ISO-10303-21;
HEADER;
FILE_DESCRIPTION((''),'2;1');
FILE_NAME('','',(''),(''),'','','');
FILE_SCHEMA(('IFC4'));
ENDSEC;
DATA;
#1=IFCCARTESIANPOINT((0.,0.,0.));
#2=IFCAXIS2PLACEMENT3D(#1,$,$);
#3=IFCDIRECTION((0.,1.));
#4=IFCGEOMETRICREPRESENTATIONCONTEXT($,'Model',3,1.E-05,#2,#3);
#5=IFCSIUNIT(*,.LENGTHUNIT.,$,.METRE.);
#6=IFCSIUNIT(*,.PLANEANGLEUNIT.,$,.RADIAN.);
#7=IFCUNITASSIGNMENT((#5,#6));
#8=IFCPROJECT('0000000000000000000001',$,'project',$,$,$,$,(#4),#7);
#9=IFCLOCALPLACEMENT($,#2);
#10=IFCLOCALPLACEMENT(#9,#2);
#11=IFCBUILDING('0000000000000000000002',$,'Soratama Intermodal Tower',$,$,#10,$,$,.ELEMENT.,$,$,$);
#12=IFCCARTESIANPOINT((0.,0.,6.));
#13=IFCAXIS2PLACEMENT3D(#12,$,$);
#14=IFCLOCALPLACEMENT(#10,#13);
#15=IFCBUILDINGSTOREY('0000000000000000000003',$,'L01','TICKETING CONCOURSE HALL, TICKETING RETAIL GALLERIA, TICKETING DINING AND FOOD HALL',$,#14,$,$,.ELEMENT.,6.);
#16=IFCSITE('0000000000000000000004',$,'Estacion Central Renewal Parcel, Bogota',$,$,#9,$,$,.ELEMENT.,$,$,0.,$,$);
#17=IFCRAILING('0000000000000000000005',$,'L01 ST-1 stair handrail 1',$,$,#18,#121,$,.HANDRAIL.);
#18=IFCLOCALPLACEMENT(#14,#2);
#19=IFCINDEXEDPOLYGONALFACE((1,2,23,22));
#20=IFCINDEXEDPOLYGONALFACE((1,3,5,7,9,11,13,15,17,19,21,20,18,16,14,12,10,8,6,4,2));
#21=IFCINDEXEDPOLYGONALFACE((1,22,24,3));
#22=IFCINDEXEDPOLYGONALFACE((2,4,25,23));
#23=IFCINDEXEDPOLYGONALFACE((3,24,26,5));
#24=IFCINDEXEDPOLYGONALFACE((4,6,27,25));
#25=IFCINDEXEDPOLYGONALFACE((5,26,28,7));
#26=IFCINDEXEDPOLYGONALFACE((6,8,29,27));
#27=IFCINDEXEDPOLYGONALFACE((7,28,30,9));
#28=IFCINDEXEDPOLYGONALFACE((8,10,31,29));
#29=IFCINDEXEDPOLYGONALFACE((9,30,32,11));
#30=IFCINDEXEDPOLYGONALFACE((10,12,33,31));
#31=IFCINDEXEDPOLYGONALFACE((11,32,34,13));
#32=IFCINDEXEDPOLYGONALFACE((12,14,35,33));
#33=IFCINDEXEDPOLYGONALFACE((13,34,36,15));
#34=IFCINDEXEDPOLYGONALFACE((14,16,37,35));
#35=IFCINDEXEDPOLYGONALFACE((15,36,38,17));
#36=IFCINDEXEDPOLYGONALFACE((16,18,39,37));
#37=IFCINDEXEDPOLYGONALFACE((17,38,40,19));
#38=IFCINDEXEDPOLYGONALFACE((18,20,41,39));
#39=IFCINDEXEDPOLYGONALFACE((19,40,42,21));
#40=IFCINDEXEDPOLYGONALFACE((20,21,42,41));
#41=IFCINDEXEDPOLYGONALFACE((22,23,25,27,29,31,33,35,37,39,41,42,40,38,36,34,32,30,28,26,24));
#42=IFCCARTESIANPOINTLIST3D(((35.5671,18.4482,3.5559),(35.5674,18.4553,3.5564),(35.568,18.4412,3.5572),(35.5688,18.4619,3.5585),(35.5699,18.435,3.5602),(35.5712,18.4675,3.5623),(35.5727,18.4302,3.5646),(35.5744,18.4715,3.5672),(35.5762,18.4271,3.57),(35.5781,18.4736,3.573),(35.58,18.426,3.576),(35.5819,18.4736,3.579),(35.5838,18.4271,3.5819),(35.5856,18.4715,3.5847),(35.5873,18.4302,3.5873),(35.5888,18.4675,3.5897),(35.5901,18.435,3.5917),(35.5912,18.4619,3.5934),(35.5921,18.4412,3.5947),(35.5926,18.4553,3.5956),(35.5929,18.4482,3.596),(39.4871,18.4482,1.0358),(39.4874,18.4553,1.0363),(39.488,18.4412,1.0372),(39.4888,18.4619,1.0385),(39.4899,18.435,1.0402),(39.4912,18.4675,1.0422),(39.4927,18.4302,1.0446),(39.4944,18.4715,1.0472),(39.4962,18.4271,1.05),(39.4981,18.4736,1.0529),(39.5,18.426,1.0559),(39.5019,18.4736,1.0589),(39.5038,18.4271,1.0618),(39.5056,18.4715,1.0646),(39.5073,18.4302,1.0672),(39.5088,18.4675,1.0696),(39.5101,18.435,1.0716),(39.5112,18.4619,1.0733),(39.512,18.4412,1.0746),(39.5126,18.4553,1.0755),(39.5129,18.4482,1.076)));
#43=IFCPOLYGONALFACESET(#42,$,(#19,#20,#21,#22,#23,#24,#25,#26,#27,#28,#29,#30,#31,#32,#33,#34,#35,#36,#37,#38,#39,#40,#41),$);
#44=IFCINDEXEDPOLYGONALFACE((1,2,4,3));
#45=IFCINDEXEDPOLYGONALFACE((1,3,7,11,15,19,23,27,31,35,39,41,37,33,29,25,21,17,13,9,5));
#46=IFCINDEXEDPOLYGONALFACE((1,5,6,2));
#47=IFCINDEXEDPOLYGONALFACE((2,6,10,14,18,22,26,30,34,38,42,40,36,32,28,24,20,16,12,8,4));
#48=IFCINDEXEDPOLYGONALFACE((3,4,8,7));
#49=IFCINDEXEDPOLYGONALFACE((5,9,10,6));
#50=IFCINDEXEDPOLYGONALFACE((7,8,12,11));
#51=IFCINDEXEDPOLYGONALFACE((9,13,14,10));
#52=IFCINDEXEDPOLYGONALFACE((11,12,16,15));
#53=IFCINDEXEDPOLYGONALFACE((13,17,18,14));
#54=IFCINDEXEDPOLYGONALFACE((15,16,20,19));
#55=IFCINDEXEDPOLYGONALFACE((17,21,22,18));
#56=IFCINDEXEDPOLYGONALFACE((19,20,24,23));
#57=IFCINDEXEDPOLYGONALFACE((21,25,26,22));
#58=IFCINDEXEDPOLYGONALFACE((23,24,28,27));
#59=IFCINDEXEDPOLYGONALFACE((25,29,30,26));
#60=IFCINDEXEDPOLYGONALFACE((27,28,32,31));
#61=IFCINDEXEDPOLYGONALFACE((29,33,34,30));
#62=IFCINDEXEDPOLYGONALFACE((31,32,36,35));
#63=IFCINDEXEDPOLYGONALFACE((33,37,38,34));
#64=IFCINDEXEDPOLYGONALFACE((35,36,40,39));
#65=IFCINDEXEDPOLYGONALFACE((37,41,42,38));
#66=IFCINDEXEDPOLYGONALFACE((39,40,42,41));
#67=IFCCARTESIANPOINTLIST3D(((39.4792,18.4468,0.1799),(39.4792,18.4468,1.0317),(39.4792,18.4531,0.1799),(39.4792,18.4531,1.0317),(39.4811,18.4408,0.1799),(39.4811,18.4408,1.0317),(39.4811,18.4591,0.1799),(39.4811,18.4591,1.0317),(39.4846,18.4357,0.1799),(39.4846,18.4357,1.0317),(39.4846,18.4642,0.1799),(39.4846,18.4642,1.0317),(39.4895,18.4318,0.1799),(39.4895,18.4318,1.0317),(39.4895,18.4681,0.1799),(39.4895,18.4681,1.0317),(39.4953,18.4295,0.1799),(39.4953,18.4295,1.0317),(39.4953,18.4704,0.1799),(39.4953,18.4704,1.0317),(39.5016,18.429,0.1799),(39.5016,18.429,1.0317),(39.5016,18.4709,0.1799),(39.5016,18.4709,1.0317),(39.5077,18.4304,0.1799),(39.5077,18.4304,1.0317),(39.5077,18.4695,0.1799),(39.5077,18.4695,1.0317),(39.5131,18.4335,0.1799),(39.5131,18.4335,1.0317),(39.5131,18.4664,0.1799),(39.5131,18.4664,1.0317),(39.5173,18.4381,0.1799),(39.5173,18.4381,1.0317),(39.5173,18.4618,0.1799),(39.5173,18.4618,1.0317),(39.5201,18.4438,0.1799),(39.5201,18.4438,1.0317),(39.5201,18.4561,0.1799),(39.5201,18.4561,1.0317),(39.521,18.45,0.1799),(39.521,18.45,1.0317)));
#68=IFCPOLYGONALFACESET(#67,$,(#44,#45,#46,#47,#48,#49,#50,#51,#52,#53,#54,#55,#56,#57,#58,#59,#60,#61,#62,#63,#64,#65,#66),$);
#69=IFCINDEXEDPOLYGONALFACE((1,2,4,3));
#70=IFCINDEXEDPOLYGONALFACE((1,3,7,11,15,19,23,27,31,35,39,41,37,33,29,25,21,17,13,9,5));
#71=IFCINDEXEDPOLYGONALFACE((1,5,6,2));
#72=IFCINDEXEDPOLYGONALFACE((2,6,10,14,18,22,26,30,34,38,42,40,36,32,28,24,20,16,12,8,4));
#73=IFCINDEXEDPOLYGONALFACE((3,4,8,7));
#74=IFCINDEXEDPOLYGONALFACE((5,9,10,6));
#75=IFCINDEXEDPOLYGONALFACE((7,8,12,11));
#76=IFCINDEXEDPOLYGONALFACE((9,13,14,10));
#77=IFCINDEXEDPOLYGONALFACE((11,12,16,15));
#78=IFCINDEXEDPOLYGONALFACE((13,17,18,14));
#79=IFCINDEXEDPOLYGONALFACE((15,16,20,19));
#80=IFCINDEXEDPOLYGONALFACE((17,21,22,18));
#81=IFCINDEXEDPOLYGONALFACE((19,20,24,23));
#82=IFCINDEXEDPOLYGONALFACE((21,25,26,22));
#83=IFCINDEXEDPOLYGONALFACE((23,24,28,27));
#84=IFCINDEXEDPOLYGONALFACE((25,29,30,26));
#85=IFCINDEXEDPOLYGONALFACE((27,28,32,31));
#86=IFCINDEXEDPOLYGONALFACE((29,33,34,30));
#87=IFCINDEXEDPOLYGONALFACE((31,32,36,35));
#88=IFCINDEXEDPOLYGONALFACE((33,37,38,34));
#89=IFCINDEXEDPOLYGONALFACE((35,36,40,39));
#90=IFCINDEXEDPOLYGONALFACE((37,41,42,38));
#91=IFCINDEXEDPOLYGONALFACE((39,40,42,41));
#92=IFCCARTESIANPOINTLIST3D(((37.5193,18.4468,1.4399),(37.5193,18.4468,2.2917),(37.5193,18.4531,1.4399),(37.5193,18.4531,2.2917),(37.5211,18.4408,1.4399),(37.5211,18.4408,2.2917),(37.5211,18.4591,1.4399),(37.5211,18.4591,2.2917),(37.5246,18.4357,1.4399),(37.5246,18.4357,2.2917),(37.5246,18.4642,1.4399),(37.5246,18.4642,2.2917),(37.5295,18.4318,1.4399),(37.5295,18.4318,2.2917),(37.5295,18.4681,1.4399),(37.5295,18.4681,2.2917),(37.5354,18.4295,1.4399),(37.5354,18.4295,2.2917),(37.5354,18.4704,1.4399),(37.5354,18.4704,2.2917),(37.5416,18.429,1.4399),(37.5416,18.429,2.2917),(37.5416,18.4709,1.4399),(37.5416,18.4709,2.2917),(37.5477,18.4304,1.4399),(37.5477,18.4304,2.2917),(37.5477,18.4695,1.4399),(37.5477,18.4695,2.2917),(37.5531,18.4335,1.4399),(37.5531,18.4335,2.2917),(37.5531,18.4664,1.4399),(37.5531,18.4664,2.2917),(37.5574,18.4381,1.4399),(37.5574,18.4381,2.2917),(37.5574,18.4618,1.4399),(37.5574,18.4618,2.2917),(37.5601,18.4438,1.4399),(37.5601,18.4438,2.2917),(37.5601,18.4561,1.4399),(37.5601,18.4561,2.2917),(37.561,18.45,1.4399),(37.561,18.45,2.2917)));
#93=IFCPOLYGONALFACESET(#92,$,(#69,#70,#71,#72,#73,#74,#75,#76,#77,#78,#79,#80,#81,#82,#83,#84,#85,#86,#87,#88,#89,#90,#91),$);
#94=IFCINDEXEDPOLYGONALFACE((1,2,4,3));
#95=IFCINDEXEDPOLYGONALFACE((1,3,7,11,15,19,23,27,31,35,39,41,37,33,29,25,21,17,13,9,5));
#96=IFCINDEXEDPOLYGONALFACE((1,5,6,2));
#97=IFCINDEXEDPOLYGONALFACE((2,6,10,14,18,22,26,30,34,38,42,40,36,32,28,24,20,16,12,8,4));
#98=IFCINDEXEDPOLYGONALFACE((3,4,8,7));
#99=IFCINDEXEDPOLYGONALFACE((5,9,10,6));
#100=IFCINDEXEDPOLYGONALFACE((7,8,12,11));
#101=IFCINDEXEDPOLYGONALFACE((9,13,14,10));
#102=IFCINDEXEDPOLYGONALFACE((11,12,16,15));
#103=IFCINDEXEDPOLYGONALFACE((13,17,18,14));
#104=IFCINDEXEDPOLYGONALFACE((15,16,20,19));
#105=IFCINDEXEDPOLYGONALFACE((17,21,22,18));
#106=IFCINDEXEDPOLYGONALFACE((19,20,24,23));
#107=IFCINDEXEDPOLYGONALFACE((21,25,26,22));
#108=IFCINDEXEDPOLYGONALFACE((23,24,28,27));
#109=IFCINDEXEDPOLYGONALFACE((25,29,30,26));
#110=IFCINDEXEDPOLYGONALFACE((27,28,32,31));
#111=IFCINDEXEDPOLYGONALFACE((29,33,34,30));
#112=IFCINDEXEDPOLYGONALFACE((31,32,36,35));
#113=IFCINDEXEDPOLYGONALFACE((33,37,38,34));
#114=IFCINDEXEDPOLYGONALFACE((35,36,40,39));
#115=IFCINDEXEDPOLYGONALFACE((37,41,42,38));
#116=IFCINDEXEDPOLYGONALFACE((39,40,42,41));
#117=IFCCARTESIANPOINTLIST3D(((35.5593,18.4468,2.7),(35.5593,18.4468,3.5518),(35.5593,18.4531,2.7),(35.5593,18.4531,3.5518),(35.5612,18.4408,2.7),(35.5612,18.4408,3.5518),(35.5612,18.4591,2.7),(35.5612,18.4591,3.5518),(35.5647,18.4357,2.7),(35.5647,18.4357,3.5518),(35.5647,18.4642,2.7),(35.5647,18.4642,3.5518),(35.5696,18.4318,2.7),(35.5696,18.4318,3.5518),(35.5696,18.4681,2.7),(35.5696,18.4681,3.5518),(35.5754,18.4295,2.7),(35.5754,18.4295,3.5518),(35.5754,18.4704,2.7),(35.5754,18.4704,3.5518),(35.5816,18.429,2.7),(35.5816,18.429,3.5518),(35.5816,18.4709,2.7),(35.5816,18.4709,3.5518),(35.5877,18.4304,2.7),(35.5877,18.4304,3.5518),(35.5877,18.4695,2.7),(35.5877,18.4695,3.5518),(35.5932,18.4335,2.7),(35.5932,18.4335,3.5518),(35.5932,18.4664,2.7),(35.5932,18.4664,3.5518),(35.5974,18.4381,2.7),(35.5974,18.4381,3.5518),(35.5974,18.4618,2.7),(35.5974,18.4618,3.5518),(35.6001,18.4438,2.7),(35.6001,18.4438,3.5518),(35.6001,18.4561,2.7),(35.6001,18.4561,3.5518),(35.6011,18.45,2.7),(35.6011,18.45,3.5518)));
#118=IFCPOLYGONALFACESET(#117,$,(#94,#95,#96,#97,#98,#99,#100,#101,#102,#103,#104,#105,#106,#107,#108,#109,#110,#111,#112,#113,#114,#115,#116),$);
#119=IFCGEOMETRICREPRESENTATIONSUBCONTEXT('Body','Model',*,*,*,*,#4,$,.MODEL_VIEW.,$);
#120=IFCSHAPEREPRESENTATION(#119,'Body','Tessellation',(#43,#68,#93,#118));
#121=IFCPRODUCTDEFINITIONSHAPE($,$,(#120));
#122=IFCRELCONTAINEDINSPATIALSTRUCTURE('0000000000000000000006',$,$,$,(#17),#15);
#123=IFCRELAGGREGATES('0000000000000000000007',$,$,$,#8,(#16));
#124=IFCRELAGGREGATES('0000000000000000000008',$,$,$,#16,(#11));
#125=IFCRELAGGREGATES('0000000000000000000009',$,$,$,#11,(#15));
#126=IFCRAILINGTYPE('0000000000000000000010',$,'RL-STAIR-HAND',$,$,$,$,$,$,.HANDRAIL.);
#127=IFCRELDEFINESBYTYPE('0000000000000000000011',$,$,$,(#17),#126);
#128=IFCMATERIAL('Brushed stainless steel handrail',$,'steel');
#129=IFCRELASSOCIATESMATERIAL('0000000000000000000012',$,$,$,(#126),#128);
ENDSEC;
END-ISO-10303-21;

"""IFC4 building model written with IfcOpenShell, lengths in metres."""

from ifc_helpers import new_model, si_unit, direction, frame, origin, origin_2d, place, context, subcontext, project, spatial, circle, extrude, material, type_object, element, save


model = new_model("IFC4")

# Units and contexts
model_context = context("Model", 3, precision=1e-05, world=origin(), true_north=direction((0.0, 1.0)))
body_context = subcontext(model_context, "Body", "Model", "MODEL_VIEW")
ifc_project = project(units=[si_unit("LENGTHUNIT", "METRE"), si_unit("PLANEANGLEUNIT", "RADIAN")], contexts=[model_context])

# Site, building, storey
site_placement = place(None, origin())
site = spatial("IfcSite", under=ifc_project, at=site_placement, Name="Estacion Central Renewal Parcel, Bogota", CompositionType="ELEMENT", RefElevation=0.0)
building_placement = place(site_placement, origin())
building = spatial("IfcBuilding", under=site, at=building_placement, Name="Soratama Intermodal Tower", CompositionType="ELEMENT")
storey_placement = place(building_placement, frame((0.0, 0.0, 6.0)))
storey = spatial("IfcBuildingStorey", under=building, at=storey_placement, Name="L01", Description="TICKETING CONCOURSE HALL, TICKETING RETAIL GALLERIA, TICKETING DINING AND FOOD HALL", CompositionType="ELEMENT", Elevation=6.0)

# Railing
ifc_material_1 = material(Name="Brushed stainless steel handrail", Category="steel")
railing_type_1 = type_object("IfcRailingType", Name="RL-STAIR-HAND", PredefinedType="HANDRAIL", material=ifc_material_1)
railing_1_placement = place(storey_placement, frame((39.5, 18.45, 0.1799)))
element("IfcRailing", 1, at=railing_1_placement, inside=storey, type_object=railing_type_1, Name="L01 ST-1 stair handrail 1", PredefinedType="HANDRAIL", context=body_context, shape_type="SweptSolid", body=[
    extrude(circle(Radius=0.0239, at=origin_2d()), frame((0.0, 0.0, 0.876), z_axis=(-0.841172, 0.0, 0.540768), x_axis=(0.0, -1.0, 0.0)), (0.0, 0.0, 1.0), 4.6602),
    extrude(circle(Radius=0.021, at=origin_2d()), origin(), (0.0, 0.0, 1.0), 0.8518),
    extrude(circle(Radius=0.021, at=origin_2d()), frame((-1.96, 0.0, 1.26)), (0.0, 0.0, 1.0), 0.8518),
    extrude(circle(Radius=0.021, at=origin_2d()), frame((-3.9199, 0.0, 2.52)), (0.0, 0.0, 1.0), 0.8518),
])

save(model, "model.ifc")
